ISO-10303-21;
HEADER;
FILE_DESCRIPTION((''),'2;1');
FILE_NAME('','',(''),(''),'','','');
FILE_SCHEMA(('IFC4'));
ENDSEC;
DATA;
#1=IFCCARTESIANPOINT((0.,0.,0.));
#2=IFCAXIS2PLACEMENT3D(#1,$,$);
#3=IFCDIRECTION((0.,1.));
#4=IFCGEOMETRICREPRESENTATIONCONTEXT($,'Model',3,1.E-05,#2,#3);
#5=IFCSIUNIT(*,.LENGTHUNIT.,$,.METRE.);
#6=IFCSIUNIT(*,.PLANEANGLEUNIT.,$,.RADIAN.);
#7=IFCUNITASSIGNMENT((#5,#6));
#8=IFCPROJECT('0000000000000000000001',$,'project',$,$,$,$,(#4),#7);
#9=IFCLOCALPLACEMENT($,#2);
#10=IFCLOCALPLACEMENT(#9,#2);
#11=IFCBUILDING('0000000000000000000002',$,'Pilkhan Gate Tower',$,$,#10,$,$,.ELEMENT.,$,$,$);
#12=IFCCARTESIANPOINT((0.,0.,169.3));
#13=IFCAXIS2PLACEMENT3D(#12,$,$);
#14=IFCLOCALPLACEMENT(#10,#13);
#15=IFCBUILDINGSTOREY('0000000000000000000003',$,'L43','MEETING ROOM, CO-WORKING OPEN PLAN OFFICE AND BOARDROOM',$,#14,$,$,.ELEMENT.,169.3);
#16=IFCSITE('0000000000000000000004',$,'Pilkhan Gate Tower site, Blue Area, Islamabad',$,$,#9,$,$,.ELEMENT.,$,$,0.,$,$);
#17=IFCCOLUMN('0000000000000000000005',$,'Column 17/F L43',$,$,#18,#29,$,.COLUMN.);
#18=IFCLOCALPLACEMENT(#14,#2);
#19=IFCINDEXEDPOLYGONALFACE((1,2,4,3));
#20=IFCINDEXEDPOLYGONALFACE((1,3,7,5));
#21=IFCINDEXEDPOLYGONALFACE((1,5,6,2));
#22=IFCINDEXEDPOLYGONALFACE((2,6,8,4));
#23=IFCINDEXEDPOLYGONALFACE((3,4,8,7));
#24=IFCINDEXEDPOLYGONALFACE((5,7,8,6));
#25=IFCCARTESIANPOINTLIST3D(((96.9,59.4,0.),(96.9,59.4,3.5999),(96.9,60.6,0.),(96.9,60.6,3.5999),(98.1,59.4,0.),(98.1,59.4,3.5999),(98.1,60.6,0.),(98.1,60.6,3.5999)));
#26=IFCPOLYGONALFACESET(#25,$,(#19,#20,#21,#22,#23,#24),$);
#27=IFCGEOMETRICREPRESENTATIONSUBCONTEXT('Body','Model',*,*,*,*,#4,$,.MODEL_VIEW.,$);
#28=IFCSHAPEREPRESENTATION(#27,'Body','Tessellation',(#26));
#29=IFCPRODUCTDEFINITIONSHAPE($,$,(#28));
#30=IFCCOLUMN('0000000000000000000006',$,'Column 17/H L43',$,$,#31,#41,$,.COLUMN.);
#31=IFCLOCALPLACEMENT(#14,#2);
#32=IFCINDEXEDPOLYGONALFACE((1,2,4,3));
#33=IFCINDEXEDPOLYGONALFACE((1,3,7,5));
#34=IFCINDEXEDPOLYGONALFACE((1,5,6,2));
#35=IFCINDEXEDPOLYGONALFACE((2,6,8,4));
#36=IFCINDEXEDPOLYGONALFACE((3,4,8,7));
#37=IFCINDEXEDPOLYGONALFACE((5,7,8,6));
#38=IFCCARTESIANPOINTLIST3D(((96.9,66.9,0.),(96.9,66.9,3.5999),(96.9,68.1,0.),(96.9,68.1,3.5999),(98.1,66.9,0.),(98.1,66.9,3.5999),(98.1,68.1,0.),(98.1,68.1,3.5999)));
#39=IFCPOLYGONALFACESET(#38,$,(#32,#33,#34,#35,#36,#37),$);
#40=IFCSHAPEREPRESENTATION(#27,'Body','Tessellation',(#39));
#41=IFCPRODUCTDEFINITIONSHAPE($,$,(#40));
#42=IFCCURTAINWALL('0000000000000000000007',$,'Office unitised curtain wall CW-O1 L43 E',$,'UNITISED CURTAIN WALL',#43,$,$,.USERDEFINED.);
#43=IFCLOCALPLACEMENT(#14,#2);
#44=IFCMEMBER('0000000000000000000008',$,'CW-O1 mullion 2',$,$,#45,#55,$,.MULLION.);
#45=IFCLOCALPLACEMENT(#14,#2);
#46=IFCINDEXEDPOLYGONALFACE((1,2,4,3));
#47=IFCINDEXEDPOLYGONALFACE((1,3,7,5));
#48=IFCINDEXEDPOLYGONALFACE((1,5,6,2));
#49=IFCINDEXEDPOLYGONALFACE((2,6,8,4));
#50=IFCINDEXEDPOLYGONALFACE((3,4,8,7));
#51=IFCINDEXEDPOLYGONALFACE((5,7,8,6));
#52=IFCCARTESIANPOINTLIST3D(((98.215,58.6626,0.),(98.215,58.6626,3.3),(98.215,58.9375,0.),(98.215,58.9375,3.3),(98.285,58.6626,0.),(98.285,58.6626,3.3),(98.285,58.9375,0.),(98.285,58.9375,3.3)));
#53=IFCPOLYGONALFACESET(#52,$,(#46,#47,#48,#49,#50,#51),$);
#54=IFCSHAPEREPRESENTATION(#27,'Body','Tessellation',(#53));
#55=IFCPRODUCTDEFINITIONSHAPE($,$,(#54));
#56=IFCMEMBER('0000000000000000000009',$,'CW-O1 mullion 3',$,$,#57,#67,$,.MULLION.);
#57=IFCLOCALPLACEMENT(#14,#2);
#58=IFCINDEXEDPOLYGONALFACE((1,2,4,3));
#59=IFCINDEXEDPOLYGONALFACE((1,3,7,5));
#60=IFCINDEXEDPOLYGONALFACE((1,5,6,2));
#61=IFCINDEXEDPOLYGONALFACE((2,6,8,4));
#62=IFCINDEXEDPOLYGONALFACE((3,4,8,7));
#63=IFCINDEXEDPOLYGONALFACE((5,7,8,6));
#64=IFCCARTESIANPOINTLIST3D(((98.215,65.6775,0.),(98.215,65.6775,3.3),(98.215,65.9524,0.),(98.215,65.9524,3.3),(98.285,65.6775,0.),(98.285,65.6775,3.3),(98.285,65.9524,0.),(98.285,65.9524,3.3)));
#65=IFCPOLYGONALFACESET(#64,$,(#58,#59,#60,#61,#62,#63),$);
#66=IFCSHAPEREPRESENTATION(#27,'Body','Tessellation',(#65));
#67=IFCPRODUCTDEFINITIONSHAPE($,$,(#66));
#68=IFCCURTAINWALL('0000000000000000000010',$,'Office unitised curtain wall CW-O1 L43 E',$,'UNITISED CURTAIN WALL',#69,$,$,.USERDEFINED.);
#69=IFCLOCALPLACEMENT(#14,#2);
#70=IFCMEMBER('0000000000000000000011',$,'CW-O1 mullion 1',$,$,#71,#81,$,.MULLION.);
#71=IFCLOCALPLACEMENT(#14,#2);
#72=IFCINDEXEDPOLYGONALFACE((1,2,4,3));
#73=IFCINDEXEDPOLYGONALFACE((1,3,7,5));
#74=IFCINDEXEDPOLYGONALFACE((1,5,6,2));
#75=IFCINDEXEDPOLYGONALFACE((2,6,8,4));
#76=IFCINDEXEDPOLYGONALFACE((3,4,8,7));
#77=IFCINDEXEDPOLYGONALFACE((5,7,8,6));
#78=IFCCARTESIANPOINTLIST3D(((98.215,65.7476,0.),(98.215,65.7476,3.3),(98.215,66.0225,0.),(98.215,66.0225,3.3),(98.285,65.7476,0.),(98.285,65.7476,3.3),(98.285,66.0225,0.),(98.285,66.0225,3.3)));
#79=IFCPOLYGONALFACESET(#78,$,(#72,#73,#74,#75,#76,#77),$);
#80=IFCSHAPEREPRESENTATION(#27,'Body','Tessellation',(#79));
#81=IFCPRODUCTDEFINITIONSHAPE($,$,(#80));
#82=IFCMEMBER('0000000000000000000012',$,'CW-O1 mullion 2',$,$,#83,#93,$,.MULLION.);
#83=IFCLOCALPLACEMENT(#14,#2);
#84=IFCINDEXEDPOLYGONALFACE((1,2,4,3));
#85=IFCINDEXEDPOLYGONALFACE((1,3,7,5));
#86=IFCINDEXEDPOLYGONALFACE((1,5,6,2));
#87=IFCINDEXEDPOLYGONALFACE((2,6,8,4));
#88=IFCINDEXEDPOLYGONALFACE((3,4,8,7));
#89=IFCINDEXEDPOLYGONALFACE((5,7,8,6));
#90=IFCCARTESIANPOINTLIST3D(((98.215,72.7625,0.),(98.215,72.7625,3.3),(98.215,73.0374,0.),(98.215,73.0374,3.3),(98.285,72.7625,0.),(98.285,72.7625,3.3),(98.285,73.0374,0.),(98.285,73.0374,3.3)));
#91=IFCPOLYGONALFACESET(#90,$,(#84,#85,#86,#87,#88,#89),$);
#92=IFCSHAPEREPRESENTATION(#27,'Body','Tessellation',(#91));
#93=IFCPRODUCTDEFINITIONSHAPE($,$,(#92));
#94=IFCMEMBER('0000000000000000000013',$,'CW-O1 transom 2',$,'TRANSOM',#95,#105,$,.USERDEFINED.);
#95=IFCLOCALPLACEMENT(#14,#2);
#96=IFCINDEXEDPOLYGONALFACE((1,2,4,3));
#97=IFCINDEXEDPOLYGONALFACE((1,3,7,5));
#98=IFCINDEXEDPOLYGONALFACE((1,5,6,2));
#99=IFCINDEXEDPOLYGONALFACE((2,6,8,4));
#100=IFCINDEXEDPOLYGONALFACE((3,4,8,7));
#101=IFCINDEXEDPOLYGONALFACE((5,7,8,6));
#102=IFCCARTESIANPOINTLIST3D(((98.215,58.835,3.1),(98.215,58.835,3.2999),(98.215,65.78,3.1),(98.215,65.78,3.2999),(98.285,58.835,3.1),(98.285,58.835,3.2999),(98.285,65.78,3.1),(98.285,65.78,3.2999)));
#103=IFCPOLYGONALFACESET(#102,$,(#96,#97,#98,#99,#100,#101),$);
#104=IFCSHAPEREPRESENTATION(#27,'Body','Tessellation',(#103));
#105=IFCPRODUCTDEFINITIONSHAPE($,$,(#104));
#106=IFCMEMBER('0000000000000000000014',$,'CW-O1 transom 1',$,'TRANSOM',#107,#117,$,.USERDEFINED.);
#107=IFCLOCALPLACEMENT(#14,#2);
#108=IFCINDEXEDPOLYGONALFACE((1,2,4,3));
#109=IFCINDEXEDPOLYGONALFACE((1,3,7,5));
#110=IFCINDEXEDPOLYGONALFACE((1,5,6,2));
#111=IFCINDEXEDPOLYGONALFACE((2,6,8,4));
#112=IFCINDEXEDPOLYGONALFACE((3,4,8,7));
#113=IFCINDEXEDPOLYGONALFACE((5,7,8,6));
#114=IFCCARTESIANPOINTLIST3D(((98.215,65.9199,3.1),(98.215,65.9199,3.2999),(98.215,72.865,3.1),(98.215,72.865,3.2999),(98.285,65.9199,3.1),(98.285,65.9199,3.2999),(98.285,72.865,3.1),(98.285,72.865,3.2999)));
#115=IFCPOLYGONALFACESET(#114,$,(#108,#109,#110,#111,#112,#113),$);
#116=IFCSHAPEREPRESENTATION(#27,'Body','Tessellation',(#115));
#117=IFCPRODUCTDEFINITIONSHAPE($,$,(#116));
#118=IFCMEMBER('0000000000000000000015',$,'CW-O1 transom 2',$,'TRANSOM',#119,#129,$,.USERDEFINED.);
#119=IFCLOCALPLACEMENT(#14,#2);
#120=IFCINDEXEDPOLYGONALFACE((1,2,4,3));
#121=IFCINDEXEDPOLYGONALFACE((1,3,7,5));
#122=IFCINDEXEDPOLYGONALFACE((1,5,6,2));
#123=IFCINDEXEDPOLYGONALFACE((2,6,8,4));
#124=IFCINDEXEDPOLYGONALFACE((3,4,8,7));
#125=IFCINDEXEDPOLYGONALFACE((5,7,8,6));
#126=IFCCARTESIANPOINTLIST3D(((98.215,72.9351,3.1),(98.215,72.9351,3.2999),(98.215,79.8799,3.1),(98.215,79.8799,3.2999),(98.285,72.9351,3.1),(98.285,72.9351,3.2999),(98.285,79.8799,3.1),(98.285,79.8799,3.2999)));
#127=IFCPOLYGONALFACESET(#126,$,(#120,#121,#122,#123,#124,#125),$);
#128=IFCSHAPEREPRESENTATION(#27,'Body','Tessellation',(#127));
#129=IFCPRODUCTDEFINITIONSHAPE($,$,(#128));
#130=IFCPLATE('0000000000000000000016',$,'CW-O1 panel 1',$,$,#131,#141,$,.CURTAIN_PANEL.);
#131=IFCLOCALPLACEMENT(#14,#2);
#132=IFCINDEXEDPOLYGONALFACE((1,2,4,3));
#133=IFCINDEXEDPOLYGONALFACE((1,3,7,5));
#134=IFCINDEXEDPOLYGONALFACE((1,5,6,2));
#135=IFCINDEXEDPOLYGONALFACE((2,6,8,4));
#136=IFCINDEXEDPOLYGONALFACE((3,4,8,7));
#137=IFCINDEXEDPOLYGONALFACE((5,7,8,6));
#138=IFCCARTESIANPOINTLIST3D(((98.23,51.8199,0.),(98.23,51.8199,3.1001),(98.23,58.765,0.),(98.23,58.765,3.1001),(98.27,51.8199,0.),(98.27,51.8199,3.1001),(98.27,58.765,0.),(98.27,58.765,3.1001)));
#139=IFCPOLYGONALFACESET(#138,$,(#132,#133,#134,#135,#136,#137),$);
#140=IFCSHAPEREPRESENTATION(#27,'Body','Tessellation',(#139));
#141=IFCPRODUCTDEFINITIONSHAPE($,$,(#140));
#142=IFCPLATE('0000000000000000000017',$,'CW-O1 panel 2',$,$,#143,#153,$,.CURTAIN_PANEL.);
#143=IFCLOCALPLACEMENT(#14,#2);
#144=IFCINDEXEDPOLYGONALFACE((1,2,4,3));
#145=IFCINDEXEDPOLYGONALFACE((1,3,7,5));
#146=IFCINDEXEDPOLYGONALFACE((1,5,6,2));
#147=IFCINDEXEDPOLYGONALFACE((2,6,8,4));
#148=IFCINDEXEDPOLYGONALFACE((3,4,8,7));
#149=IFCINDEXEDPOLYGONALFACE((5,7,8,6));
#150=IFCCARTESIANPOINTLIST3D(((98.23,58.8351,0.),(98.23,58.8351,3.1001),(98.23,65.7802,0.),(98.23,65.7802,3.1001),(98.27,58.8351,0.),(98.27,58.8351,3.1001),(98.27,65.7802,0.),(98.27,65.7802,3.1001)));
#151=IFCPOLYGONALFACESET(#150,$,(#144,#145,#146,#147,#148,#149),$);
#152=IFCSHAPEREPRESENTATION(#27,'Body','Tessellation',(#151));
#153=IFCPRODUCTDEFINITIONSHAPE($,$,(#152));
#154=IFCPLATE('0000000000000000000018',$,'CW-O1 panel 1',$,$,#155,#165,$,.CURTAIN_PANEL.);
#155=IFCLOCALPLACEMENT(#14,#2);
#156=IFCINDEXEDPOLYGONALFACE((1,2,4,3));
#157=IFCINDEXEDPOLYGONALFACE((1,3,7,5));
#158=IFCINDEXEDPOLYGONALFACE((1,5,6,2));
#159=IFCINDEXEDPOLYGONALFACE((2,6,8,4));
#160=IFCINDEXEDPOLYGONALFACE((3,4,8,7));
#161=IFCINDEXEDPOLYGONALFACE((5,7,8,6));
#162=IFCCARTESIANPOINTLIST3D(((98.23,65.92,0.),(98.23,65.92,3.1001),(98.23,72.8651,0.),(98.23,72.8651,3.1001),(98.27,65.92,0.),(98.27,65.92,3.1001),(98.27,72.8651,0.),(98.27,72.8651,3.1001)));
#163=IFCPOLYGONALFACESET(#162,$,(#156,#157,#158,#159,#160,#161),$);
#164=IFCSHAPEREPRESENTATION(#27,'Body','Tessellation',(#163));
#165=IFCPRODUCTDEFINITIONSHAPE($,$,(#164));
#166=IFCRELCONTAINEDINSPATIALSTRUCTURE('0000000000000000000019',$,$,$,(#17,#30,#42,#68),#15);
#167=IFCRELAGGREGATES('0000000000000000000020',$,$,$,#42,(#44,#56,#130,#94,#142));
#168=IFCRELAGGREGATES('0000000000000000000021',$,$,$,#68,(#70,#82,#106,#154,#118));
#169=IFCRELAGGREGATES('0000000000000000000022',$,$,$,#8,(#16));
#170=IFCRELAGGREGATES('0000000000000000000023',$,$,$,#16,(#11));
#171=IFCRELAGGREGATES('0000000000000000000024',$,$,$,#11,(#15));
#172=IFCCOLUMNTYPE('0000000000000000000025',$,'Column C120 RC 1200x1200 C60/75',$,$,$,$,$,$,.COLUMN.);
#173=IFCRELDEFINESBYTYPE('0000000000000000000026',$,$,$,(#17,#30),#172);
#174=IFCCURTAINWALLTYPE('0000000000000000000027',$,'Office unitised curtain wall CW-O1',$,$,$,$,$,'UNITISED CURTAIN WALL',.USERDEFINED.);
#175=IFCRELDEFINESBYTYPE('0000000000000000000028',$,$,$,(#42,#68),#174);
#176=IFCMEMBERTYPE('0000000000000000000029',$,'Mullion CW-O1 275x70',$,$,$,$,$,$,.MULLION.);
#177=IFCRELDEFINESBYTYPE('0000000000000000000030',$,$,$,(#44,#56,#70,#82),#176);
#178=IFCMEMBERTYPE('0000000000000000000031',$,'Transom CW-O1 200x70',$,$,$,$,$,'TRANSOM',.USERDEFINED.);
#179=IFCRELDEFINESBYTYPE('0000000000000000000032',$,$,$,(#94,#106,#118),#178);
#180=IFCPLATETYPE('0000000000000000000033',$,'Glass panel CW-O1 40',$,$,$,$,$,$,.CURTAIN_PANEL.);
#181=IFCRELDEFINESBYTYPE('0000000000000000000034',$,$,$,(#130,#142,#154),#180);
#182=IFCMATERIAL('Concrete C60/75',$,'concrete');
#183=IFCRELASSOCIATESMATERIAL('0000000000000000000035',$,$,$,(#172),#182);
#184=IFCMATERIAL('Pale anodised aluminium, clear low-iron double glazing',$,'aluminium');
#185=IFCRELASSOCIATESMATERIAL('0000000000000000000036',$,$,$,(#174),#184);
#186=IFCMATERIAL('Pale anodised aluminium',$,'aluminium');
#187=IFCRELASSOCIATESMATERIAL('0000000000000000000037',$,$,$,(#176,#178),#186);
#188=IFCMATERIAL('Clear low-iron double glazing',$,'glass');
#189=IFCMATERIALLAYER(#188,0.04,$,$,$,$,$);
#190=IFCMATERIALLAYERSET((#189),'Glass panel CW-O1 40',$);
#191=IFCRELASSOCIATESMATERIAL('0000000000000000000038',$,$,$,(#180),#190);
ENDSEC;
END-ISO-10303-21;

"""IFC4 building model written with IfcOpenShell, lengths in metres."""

from ifc_helpers import new_model, si_unit, direction, frame, origin, origin_2d, place, context, subcontext, project, spatial, rectangle, extrude, material, layer, layer_set, material_profile, profile_set, type_object, element, aggregate, save


model = new_model("IFC4")

# Units and contexts
model_context = context("Model", 3, precision=1e-05, world=origin(), true_north=direction((0.0, 1.0)))
body_context = subcontext(model_context, "Body", "Model", "MODEL_VIEW")
ifc_project = project(units=[si_unit("LENGTHUNIT", "METRE"), si_unit("PLANEANGLEUNIT", "RADIAN")], contexts=[model_context])

# Site, building, storey
site_placement = place(None, origin())
site = spatial("IfcSite", under=ifc_project, at=site_placement, Name="Pilkhan Gate Tower site, Blue Area, Islamabad", CompositionType="ELEMENT", RefElevation=0.0)
building_placement = place(site_placement, origin())
building = spatial("IfcBuilding", under=site, at=building_placement, Name="Pilkhan Gate Tower", CompositionType="ELEMENT")
storey_placement = place(building_placement, frame((0.0, 0.0, 169.3)))
storey = spatial("IfcBuildingStorey", under=building, at=storey_placement, Name="L43", Description="MEETING ROOM, CO-WORKING OPEN PLAN OFFICE AND BOARDROOM", CompositionType="ELEMENT", Elevation=169.3)

# Columns
ifc_material_1 = material(Name="Concrete C60/75", Category="concrete")
ifc_material_profile_1 = material_profile(ifc_material_1, rectangle(XDim=1.2, YDim=1.2, at=origin_2d()), Name="RC 1200x1200")
ifc_profile_set_1 = profile_set([ifc_material_profile_1], Name="Concrete C60/75")
column_type = type_object("IfcColumnType", Name="Column C120 RC 1200x1200 C60/75", PredefinedType="COLUMN", material=ifc_profile_set_1)
for number, where, z_axis, x_axis, name in (
    (1, (97.5, 60.0, 0.0), (0.0, 0.0, 1.0), (1.0, 0.0, 0.0), "Column 17/F L43"),
    (2, (97.5, 67.5, 0.0), (0.0, 0.0, 1.0), (1.0, 0.0, 0.0), "Column 17/H L43"),
):
    element("IfcColumn", number, at=place(storey_placement, frame(where, z_axis=z_axis, x_axis=x_axis)), inside=storey, type_object=column_type, Name=name, PredefinedType="COLUMN", context=body_context, shape_type="SweptSolid", body=[
        extrude(rectangle(XDim=1.2, YDim=1.2, at=origin_2d()), origin(), (0.0, 0.0, 1.0), 3.5999),
    ])

# Curtain walls, members
ifc_material_2 = material(Name="Pale anodised aluminium, clear low-iron double glazing", Category="aluminium")
curtain_wall_type = type_object("IfcCurtainWallType", Name="Office unitised curtain wall CW-O1", ElementType="UNITISED CURTAIN WALL", PredefinedType="USERDEFINED", material=ifc_material_2)
curtain_wall_1_placement = place(storey_placement, origin())
curtain_wall_1 = element("IfcCurtainWall", 3, at=curtain_wall_1_placement, inside=storey, type_object=curtain_wall_type, Name="Office unitised curtain wall CW-O1 L43 E", ObjectType="UNITISED CURTAIN WALL", PredefinedType="USERDEFINED")
ifc_material_3 = material(Name="Pale anodised aluminium", Category="aluminium")
ifc_material_profile_2 = material_profile(ifc_material_3, rectangle(XDim=0.0701, YDim=0.2749, at=origin_2d()), Name="Mullion 275x70")
ifc_profile_set_2 = profile_set([ifc_material_profile_2], Name="Pale anodised aluminium")
member_type_1 = type_object("IfcMemberType", Name="Mullion CW-O1 275x70", PredefinedType="MULLION", material=ifc_profile_set_2)
member_1_placement = place(storey_placement, frame((98.25, 58.8, 0.0), z_axis=(0.0, 0.0, 1.0), x_axis=(-1.0, 0.0, 0.0)))
member_1 = element("IfcMember", 4, at=member_1_placement, type_object=member_type_1, Name="CW-O1 mullion 2", PredefinedType="MULLION", context=body_context, shape_type="SweptSolid", body=[
    extrude(rectangle(XDim=0.0701, YDim=0.2749, at=origin_2d()), origin(), (0.0, 0.0, 1.0), 3.3),
])
member_2_placement = place(storey_placement, frame((98.25, 65.8149, 0.0), z_axis=(0.0, 0.0, 1.0), x_axis=(-1.0, 0.0, 0.0)))
member_2 = element("IfcMember", 5, at=member_2_placement, type_object=member_type_1, Name="CW-O1 mullion 3", PredefinedType="MULLION", context=body_context, shape_type="SweptSolid", body=[
    extrude(rectangle(XDim=0.0701, YDim=0.2749, at=origin_2d()), origin(), (0.0, 0.0, 1.0), 3.3),
])
curtain_wall_2_placement = place(storey_placement, origin())
curtain_wall_2 = element("IfcCurtainWall", 6, at=curtain_wall_2_placement, inside=storey, type_object=curtain_wall_type, Name="Office unitised curtain wall CW-O1 L43 E", ObjectType="UNITISED CURTAIN WALL", PredefinedType="USERDEFINED")
member_3_placement = place(storey_placement, frame((98.25, 65.885, 0.0), z_axis=(0.0, 0.0, 1.0), x_axis=(-1.0, 0.0, 0.0)))
member_3 = element("IfcMember", 7, at=member_3_placement, type_object=member_type_1, Name="CW-O1 mullion 1", PredefinedType="MULLION", context=body_context, shape_type="SweptSolid", body=[
    extrude(rectangle(XDim=0.0701, YDim=0.2749, at=origin_2d()), origin(), (0.0, 0.0, 1.0), 3.3),
])
member_4_placement = place(storey_placement, frame((98.25, 72.8999, 0.0), z_axis=(0.0, 0.0, 1.0), x_axis=(-1.0, 0.0, 0.0)))
member_4 = element("IfcMember", 8, at=member_4_placement, type_object=member_type_1, Name="CW-O1 mullion 2", PredefinedType="MULLION", context=body_context, shape_type="SweptSolid", body=[
    extrude(rectangle(XDim=0.0701, YDim=0.2749, at=origin_2d()), origin(), (0.0, 0.0, 1.0), 3.3),
])

# Members
ifc_material_profile_3 = material_profile(ifc_material_3, rectangle(XDim=0.0701, YDim=0.2, at=origin_2d()), Name="Transom 200x70")
ifc_profile_set_3 = profile_set([ifc_material_profile_3], Name="Pale anodised aluminium")
member_type_2 = type_object("IfcMemberType", Name="Transom CW-O1 200x70", ElementType="TRANSOM", PredefinedType="USERDEFINED", material=ifc_profile_set_3)
member_5_placement = place(storey_placement, frame((98.25, 58.835, 3.2), z_axis=(0.0, 1.0, 0.0), x_axis=(-1.0, 0.0, 0.0)))
member_5 = element("IfcMember", 9, at=member_5_placement, type_object=member_type_2, Name="CW-O1 transom 2", ObjectType="TRANSOM", PredefinedType="USERDEFINED", context=body_context, shape_type="SweptSolid", body=[
    extrude(rectangle(XDim=0.0701, YDim=0.2, at=origin_2d()), origin(), (0.0, 0.0, 1.0), 6.9451),
])
member_6_placement = place(storey_placement, frame((98.25, 65.9199, 3.2), z_axis=(0.0, 1.0, 0.0), x_axis=(-1.0, 0.0, 0.0)))
member_6 = element("IfcMember", 10, at=member_6_placement, type_object=member_type_2, Name="CW-O1 transom 1", ObjectType="TRANSOM", PredefinedType="USERDEFINED", context=body_context, shape_type="SweptSolid", body=[
    extrude(rectangle(XDim=0.0701, YDim=0.2, at=origin_2d()), origin(), (0.0, 0.0, 1.0), 6.9451),
])
member_7_placement = place(storey_placement, frame((98.25, 72.9351, 3.2), z_axis=(0.0, 1.0, 0.0), x_axis=(-1.0, 0.0, 0.0)))
member_7 = element("IfcMember", 11, at=member_7_placement, type_object=member_type_2, Name="CW-O1 transom 2", ObjectType="TRANSOM", PredefinedType="USERDEFINED", context=body_context, shape_type="SweptSolid", body=[
    extrude(rectangle(XDim=0.0701, YDim=0.2, at=origin_2d()), origin(), (0.0, 0.0, 1.0), 6.9448),
])

# Plates
ifc_material_4 = material(Name="Clear low-iron double glazing", Category="glass")
ifc_layer_1 = layer(ifc_material_4, 0.04)
ifc_layer_set_1 = layer_set([ifc_layer_1], Name="Glass panel CW-O1 40")
plate_type = type_object("IfcPlateType", Name="Glass panel CW-O1 40", PredefinedType="CURTAIN_PANEL", material=ifc_layer_set_1)
plate_1_placement = place(storey_placement, frame((98.25, 55.2925, 0.0), z_axis=(0.0, 0.0, 1.0), x_axis=(0.0, 1.0, 0.0)))
plate_1 = element("IfcPlate", 12, at=plate_1_placement, type_object=plate_type, Name="CW-O1 panel 1", PredefinedType="CURTAIN_PANEL", context=body_context, shape_type="SweptSolid", body=[
    extrude(rectangle(XDim=6.9451, YDim=0.04, at=origin_2d()), origin(), (0.0, 0.0, 1.0), 3.1001),
])
plate_2_placement = place(storey_placement, frame((98.25, 62.3076, 0.0), z_axis=(0.0, 0.0, 1.0), x_axis=(0.0, 1.0, 0.0)))
plate_2 = element("IfcPlate", 13, at=plate_2_placement, type_object=plate_type, Name="CW-O1 panel 2", PredefinedType="CURTAIN_PANEL", context=body_context, shape_type="SweptSolid", body=[
    extrude(rectangle(XDim=6.9451, YDim=0.04, at=origin_2d()), origin(), (0.0, 0.0, 1.0), 3.1001),
])
aggregate(curtain_wall_1, [member_1, member_2, plate_1, member_5, plate_2])
plate_3_placement = place(storey_placement, frame((98.25, 69.3926, 0.0), z_axis=(0.0, 0.0, 1.0), x_axis=(0.0, 1.0, 0.0)))
plate_3 = element("IfcPlate", 14, at=plate_3_placement, type_object=plate_type, Name="CW-O1 panel 1", PredefinedType="CURTAIN_PANEL", context=body_context, shape_type="SweptSolid", body=[
    extrude(rectangle(XDim=6.9451, YDim=0.04, at=origin_2d()), origin(), (0.0, 0.0, 1.0), 3.1001),
])
aggregate(curtain_wall_2, [member_3, member_4, member_6, plate_3, member_7])

save(model, "model.ifc")
